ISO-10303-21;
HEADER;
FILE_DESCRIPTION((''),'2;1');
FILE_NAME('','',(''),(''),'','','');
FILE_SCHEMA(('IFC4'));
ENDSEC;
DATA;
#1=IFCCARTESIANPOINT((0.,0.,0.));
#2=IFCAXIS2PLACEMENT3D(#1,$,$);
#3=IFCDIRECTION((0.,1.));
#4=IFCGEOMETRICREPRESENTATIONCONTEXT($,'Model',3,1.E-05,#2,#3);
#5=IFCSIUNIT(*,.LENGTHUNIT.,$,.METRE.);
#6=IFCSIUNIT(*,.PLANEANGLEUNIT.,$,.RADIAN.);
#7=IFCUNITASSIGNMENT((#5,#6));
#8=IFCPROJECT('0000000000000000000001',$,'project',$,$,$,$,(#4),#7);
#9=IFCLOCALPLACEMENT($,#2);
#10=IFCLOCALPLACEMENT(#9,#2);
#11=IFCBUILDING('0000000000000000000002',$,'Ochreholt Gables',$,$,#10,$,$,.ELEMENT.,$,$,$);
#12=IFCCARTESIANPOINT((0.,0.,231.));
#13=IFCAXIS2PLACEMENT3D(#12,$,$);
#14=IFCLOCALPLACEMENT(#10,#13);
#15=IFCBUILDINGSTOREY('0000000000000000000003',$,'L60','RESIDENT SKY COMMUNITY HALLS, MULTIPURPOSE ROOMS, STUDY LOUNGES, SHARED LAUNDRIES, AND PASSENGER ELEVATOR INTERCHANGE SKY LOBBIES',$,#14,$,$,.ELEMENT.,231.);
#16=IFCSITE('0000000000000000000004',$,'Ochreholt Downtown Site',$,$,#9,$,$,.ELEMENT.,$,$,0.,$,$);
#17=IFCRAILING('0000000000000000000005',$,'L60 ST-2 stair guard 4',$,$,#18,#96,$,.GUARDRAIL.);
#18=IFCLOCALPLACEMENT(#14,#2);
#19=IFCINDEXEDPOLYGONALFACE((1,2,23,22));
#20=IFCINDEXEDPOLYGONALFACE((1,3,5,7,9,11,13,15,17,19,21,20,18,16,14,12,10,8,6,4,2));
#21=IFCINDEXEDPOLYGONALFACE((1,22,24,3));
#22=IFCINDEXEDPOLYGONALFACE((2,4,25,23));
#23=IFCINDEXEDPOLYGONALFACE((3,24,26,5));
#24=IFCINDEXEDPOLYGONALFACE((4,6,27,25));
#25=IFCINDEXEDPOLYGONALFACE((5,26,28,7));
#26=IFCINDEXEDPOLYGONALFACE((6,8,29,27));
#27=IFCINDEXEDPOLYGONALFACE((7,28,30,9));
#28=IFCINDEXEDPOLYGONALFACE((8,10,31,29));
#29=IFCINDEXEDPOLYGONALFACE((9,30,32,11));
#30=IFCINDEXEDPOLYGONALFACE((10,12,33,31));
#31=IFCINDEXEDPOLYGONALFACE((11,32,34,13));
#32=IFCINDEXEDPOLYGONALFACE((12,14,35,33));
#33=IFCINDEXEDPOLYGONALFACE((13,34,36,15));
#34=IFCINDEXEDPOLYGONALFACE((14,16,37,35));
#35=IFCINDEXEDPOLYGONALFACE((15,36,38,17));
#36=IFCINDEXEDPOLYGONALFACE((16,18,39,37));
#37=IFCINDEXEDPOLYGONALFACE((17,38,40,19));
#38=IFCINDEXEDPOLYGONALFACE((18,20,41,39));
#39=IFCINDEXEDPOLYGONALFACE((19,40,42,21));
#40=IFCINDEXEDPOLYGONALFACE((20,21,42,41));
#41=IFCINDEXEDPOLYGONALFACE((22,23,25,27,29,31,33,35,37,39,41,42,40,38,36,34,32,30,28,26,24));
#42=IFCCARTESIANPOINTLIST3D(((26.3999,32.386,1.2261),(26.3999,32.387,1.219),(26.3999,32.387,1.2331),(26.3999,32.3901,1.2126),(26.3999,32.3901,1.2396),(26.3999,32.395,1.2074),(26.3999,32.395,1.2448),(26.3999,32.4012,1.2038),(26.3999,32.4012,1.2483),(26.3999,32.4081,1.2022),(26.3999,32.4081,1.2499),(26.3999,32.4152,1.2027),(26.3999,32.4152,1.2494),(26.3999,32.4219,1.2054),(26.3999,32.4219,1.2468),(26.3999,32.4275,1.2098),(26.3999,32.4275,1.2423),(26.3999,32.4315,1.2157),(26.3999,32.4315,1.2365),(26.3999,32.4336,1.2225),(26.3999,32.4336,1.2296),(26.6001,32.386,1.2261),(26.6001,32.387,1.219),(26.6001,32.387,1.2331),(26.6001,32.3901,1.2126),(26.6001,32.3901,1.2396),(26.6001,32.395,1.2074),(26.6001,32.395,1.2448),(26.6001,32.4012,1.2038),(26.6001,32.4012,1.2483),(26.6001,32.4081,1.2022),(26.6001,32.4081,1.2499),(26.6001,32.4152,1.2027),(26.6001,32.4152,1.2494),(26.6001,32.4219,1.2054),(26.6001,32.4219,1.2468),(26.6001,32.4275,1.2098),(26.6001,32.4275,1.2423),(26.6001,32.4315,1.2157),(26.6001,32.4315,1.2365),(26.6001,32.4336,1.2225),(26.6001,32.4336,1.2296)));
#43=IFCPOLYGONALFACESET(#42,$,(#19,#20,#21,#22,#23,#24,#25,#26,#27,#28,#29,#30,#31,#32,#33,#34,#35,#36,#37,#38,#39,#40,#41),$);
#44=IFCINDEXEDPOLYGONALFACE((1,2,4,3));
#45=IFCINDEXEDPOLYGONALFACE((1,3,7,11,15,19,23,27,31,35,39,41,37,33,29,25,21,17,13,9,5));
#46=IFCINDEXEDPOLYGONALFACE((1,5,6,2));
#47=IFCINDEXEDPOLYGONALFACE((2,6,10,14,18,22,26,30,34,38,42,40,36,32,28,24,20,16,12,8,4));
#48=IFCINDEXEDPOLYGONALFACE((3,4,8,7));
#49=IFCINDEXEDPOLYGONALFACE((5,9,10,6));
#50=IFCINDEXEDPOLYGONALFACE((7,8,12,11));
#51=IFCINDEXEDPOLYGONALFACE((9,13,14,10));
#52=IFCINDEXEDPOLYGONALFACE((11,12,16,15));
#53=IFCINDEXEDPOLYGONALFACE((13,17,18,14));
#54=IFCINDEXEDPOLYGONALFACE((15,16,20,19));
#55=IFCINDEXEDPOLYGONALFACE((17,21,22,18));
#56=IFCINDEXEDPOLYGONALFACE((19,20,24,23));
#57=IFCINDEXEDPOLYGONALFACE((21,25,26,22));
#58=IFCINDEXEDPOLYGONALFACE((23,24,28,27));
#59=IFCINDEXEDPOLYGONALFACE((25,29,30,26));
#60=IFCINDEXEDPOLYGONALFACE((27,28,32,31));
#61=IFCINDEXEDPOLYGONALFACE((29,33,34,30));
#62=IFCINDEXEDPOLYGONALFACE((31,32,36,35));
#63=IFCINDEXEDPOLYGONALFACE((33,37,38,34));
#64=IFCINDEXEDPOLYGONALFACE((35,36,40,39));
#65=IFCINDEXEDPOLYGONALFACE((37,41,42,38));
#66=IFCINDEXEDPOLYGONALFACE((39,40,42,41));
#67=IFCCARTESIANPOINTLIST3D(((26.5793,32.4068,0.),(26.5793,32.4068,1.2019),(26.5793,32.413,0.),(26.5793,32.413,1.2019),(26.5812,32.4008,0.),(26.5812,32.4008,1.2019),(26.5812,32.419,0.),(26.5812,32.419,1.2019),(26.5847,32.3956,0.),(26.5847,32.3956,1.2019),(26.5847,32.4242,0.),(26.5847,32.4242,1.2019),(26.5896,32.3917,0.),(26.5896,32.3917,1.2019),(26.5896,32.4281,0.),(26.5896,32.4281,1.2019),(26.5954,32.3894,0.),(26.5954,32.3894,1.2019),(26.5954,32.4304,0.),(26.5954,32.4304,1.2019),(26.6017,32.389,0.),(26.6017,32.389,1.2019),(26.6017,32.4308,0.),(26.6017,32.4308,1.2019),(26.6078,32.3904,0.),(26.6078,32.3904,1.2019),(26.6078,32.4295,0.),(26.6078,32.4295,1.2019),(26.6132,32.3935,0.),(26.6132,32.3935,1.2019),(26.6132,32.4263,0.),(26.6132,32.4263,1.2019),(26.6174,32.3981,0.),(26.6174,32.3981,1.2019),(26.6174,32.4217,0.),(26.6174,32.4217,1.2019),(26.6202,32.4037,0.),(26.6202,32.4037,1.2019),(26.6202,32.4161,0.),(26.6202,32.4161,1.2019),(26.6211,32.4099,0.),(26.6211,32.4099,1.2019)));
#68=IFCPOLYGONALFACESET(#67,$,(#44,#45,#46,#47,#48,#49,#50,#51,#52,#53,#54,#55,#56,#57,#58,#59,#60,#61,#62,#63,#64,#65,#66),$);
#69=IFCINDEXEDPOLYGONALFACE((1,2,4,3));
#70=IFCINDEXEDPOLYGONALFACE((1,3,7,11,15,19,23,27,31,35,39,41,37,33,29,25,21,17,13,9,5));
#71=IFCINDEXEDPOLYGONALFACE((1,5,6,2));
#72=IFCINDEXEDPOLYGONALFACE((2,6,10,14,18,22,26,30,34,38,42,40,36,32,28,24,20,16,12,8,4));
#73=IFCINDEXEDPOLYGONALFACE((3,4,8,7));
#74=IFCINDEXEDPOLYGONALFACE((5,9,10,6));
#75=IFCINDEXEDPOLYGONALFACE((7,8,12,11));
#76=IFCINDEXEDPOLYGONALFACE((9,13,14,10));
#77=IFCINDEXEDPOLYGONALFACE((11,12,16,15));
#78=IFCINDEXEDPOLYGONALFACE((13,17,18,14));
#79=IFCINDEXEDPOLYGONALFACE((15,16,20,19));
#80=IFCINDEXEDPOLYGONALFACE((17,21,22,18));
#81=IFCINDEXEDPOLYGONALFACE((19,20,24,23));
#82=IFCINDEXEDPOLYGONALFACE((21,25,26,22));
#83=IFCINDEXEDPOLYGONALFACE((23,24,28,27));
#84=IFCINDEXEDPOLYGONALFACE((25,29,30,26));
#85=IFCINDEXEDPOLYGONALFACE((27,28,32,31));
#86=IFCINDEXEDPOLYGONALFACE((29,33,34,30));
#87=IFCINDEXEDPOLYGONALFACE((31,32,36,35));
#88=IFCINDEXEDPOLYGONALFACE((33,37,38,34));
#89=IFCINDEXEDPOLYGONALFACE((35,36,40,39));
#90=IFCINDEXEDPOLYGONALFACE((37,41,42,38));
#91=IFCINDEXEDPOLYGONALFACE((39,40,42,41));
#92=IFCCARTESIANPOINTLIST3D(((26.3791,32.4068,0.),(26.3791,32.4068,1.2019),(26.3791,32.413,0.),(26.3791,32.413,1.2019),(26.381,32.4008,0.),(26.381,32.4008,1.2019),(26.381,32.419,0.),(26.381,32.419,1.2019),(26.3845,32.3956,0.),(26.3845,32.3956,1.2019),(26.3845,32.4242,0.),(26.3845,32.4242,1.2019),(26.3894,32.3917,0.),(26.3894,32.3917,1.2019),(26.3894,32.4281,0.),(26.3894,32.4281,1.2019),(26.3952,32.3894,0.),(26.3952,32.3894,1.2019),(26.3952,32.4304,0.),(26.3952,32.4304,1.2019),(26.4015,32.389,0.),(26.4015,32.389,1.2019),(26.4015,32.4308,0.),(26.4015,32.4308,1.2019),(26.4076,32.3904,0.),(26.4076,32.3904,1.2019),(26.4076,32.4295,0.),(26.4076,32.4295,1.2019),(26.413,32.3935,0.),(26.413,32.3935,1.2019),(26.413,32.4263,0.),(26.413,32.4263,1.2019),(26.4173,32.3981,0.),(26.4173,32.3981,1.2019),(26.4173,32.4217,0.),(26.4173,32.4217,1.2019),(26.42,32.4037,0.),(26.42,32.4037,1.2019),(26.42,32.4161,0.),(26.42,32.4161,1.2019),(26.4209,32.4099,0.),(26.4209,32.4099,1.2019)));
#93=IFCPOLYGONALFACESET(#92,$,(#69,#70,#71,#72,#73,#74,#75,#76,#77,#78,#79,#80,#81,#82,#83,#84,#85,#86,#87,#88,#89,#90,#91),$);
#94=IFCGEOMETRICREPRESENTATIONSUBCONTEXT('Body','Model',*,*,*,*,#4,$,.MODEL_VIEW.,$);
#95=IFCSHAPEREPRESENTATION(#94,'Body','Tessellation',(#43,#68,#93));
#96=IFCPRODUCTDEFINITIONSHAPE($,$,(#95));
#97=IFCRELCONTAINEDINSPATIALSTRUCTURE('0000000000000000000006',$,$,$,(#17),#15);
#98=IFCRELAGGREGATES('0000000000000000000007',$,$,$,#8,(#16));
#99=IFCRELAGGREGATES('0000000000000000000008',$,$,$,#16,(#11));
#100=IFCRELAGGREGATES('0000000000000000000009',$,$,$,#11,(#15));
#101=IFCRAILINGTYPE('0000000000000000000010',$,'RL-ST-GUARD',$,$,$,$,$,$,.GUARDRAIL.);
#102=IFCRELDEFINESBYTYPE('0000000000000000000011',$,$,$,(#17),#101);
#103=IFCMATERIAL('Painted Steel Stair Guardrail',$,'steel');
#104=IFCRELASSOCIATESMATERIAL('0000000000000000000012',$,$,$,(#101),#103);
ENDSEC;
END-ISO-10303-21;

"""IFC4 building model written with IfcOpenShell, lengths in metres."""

from ifc_helpers import new_model, si_unit, direction, frame, origin, origin_2d, place, context, subcontext, project, spatial, circle, extrude, material, type_object, element, save


model = new_model("IFC4")

# Units and contexts
model_context = context("Model", 3, precision=1e-05, world=origin(), true_north=direction((0.0, 1.0)))
body_context = subcontext(model_context, "Body", "Model", "MODEL_VIEW")
ifc_project = project(units=[si_unit("LENGTHUNIT", "METRE"), si_unit("PLANEANGLEUNIT", "RADIAN")], contexts=[model_context])

# Site, building, storey
site_placement = place(None, origin())
site = spatial("IfcSite", under=ifc_project, at=site_placement, Name="Ochreholt Downtown Site", CompositionType="ELEMENT", RefElevation=0.0)
building_placement = place(site_placement, origin())
building = spatial("IfcBuilding", under=site, at=building_placement, Name="Ochreholt Gables", CompositionType="ELEMENT")
storey_placement = place(building_placement, frame((0.0, 0.0, 231.0)))
storey = spatial("IfcBuildingStorey", under=building, at=storey_placement, Name="L60", Description="RESIDENT SKY COMMUNITY HALLS, MULTIPURPOSE ROOMS, STUDY LOUNGES, SHARED LAUNDRIES, AND PASSENGER ELEVATOR INTERCHANGE SKY LOBBIES", CompositionType="ELEMENT", Elevation=231.0)

# Railing
ifc_material_1 = material(Name="Painted Steel Stair Guardrail", Category="steel")
railing_type_1 = type_object("IfcRailingType", Name="RL-ST-GUARD", PredefinedType="GUARDRAIL", material=ifc_material_1)
railing_1_placement = place(storey_placement, frame((26.6001, 32.4099, 0.0)))
element("IfcRailing", 1, at=railing_1_placement, inside=storey, type_object=railing_type_1, Name="L60 ST-2 stair guard 4", PredefinedType="GUARDRAIL", context=body_context, shape_type="SweptSolid", body=[
    extrude(circle(Radius=0.0239, at=origin_2d()), frame((0.0, 0.0, 1.2261), z_axis=(-1.0, 0.0, 0.0), x_axis=(0.0, -1.0, 0.0)), (0.0, 0.0, 1.0), 0.2002),
    extrude(circle(Radius=0.021, at=origin_2d()), origin(), (0.0, 0.0, 1.0), 1.2019),
    extrude(circle(Radius=0.021, at=origin_2d()), frame((-0.2002, 0.0, 0.0)), (0.0, 0.0, 1.0), 1.2019),
])

save(model, "model.ifc")
